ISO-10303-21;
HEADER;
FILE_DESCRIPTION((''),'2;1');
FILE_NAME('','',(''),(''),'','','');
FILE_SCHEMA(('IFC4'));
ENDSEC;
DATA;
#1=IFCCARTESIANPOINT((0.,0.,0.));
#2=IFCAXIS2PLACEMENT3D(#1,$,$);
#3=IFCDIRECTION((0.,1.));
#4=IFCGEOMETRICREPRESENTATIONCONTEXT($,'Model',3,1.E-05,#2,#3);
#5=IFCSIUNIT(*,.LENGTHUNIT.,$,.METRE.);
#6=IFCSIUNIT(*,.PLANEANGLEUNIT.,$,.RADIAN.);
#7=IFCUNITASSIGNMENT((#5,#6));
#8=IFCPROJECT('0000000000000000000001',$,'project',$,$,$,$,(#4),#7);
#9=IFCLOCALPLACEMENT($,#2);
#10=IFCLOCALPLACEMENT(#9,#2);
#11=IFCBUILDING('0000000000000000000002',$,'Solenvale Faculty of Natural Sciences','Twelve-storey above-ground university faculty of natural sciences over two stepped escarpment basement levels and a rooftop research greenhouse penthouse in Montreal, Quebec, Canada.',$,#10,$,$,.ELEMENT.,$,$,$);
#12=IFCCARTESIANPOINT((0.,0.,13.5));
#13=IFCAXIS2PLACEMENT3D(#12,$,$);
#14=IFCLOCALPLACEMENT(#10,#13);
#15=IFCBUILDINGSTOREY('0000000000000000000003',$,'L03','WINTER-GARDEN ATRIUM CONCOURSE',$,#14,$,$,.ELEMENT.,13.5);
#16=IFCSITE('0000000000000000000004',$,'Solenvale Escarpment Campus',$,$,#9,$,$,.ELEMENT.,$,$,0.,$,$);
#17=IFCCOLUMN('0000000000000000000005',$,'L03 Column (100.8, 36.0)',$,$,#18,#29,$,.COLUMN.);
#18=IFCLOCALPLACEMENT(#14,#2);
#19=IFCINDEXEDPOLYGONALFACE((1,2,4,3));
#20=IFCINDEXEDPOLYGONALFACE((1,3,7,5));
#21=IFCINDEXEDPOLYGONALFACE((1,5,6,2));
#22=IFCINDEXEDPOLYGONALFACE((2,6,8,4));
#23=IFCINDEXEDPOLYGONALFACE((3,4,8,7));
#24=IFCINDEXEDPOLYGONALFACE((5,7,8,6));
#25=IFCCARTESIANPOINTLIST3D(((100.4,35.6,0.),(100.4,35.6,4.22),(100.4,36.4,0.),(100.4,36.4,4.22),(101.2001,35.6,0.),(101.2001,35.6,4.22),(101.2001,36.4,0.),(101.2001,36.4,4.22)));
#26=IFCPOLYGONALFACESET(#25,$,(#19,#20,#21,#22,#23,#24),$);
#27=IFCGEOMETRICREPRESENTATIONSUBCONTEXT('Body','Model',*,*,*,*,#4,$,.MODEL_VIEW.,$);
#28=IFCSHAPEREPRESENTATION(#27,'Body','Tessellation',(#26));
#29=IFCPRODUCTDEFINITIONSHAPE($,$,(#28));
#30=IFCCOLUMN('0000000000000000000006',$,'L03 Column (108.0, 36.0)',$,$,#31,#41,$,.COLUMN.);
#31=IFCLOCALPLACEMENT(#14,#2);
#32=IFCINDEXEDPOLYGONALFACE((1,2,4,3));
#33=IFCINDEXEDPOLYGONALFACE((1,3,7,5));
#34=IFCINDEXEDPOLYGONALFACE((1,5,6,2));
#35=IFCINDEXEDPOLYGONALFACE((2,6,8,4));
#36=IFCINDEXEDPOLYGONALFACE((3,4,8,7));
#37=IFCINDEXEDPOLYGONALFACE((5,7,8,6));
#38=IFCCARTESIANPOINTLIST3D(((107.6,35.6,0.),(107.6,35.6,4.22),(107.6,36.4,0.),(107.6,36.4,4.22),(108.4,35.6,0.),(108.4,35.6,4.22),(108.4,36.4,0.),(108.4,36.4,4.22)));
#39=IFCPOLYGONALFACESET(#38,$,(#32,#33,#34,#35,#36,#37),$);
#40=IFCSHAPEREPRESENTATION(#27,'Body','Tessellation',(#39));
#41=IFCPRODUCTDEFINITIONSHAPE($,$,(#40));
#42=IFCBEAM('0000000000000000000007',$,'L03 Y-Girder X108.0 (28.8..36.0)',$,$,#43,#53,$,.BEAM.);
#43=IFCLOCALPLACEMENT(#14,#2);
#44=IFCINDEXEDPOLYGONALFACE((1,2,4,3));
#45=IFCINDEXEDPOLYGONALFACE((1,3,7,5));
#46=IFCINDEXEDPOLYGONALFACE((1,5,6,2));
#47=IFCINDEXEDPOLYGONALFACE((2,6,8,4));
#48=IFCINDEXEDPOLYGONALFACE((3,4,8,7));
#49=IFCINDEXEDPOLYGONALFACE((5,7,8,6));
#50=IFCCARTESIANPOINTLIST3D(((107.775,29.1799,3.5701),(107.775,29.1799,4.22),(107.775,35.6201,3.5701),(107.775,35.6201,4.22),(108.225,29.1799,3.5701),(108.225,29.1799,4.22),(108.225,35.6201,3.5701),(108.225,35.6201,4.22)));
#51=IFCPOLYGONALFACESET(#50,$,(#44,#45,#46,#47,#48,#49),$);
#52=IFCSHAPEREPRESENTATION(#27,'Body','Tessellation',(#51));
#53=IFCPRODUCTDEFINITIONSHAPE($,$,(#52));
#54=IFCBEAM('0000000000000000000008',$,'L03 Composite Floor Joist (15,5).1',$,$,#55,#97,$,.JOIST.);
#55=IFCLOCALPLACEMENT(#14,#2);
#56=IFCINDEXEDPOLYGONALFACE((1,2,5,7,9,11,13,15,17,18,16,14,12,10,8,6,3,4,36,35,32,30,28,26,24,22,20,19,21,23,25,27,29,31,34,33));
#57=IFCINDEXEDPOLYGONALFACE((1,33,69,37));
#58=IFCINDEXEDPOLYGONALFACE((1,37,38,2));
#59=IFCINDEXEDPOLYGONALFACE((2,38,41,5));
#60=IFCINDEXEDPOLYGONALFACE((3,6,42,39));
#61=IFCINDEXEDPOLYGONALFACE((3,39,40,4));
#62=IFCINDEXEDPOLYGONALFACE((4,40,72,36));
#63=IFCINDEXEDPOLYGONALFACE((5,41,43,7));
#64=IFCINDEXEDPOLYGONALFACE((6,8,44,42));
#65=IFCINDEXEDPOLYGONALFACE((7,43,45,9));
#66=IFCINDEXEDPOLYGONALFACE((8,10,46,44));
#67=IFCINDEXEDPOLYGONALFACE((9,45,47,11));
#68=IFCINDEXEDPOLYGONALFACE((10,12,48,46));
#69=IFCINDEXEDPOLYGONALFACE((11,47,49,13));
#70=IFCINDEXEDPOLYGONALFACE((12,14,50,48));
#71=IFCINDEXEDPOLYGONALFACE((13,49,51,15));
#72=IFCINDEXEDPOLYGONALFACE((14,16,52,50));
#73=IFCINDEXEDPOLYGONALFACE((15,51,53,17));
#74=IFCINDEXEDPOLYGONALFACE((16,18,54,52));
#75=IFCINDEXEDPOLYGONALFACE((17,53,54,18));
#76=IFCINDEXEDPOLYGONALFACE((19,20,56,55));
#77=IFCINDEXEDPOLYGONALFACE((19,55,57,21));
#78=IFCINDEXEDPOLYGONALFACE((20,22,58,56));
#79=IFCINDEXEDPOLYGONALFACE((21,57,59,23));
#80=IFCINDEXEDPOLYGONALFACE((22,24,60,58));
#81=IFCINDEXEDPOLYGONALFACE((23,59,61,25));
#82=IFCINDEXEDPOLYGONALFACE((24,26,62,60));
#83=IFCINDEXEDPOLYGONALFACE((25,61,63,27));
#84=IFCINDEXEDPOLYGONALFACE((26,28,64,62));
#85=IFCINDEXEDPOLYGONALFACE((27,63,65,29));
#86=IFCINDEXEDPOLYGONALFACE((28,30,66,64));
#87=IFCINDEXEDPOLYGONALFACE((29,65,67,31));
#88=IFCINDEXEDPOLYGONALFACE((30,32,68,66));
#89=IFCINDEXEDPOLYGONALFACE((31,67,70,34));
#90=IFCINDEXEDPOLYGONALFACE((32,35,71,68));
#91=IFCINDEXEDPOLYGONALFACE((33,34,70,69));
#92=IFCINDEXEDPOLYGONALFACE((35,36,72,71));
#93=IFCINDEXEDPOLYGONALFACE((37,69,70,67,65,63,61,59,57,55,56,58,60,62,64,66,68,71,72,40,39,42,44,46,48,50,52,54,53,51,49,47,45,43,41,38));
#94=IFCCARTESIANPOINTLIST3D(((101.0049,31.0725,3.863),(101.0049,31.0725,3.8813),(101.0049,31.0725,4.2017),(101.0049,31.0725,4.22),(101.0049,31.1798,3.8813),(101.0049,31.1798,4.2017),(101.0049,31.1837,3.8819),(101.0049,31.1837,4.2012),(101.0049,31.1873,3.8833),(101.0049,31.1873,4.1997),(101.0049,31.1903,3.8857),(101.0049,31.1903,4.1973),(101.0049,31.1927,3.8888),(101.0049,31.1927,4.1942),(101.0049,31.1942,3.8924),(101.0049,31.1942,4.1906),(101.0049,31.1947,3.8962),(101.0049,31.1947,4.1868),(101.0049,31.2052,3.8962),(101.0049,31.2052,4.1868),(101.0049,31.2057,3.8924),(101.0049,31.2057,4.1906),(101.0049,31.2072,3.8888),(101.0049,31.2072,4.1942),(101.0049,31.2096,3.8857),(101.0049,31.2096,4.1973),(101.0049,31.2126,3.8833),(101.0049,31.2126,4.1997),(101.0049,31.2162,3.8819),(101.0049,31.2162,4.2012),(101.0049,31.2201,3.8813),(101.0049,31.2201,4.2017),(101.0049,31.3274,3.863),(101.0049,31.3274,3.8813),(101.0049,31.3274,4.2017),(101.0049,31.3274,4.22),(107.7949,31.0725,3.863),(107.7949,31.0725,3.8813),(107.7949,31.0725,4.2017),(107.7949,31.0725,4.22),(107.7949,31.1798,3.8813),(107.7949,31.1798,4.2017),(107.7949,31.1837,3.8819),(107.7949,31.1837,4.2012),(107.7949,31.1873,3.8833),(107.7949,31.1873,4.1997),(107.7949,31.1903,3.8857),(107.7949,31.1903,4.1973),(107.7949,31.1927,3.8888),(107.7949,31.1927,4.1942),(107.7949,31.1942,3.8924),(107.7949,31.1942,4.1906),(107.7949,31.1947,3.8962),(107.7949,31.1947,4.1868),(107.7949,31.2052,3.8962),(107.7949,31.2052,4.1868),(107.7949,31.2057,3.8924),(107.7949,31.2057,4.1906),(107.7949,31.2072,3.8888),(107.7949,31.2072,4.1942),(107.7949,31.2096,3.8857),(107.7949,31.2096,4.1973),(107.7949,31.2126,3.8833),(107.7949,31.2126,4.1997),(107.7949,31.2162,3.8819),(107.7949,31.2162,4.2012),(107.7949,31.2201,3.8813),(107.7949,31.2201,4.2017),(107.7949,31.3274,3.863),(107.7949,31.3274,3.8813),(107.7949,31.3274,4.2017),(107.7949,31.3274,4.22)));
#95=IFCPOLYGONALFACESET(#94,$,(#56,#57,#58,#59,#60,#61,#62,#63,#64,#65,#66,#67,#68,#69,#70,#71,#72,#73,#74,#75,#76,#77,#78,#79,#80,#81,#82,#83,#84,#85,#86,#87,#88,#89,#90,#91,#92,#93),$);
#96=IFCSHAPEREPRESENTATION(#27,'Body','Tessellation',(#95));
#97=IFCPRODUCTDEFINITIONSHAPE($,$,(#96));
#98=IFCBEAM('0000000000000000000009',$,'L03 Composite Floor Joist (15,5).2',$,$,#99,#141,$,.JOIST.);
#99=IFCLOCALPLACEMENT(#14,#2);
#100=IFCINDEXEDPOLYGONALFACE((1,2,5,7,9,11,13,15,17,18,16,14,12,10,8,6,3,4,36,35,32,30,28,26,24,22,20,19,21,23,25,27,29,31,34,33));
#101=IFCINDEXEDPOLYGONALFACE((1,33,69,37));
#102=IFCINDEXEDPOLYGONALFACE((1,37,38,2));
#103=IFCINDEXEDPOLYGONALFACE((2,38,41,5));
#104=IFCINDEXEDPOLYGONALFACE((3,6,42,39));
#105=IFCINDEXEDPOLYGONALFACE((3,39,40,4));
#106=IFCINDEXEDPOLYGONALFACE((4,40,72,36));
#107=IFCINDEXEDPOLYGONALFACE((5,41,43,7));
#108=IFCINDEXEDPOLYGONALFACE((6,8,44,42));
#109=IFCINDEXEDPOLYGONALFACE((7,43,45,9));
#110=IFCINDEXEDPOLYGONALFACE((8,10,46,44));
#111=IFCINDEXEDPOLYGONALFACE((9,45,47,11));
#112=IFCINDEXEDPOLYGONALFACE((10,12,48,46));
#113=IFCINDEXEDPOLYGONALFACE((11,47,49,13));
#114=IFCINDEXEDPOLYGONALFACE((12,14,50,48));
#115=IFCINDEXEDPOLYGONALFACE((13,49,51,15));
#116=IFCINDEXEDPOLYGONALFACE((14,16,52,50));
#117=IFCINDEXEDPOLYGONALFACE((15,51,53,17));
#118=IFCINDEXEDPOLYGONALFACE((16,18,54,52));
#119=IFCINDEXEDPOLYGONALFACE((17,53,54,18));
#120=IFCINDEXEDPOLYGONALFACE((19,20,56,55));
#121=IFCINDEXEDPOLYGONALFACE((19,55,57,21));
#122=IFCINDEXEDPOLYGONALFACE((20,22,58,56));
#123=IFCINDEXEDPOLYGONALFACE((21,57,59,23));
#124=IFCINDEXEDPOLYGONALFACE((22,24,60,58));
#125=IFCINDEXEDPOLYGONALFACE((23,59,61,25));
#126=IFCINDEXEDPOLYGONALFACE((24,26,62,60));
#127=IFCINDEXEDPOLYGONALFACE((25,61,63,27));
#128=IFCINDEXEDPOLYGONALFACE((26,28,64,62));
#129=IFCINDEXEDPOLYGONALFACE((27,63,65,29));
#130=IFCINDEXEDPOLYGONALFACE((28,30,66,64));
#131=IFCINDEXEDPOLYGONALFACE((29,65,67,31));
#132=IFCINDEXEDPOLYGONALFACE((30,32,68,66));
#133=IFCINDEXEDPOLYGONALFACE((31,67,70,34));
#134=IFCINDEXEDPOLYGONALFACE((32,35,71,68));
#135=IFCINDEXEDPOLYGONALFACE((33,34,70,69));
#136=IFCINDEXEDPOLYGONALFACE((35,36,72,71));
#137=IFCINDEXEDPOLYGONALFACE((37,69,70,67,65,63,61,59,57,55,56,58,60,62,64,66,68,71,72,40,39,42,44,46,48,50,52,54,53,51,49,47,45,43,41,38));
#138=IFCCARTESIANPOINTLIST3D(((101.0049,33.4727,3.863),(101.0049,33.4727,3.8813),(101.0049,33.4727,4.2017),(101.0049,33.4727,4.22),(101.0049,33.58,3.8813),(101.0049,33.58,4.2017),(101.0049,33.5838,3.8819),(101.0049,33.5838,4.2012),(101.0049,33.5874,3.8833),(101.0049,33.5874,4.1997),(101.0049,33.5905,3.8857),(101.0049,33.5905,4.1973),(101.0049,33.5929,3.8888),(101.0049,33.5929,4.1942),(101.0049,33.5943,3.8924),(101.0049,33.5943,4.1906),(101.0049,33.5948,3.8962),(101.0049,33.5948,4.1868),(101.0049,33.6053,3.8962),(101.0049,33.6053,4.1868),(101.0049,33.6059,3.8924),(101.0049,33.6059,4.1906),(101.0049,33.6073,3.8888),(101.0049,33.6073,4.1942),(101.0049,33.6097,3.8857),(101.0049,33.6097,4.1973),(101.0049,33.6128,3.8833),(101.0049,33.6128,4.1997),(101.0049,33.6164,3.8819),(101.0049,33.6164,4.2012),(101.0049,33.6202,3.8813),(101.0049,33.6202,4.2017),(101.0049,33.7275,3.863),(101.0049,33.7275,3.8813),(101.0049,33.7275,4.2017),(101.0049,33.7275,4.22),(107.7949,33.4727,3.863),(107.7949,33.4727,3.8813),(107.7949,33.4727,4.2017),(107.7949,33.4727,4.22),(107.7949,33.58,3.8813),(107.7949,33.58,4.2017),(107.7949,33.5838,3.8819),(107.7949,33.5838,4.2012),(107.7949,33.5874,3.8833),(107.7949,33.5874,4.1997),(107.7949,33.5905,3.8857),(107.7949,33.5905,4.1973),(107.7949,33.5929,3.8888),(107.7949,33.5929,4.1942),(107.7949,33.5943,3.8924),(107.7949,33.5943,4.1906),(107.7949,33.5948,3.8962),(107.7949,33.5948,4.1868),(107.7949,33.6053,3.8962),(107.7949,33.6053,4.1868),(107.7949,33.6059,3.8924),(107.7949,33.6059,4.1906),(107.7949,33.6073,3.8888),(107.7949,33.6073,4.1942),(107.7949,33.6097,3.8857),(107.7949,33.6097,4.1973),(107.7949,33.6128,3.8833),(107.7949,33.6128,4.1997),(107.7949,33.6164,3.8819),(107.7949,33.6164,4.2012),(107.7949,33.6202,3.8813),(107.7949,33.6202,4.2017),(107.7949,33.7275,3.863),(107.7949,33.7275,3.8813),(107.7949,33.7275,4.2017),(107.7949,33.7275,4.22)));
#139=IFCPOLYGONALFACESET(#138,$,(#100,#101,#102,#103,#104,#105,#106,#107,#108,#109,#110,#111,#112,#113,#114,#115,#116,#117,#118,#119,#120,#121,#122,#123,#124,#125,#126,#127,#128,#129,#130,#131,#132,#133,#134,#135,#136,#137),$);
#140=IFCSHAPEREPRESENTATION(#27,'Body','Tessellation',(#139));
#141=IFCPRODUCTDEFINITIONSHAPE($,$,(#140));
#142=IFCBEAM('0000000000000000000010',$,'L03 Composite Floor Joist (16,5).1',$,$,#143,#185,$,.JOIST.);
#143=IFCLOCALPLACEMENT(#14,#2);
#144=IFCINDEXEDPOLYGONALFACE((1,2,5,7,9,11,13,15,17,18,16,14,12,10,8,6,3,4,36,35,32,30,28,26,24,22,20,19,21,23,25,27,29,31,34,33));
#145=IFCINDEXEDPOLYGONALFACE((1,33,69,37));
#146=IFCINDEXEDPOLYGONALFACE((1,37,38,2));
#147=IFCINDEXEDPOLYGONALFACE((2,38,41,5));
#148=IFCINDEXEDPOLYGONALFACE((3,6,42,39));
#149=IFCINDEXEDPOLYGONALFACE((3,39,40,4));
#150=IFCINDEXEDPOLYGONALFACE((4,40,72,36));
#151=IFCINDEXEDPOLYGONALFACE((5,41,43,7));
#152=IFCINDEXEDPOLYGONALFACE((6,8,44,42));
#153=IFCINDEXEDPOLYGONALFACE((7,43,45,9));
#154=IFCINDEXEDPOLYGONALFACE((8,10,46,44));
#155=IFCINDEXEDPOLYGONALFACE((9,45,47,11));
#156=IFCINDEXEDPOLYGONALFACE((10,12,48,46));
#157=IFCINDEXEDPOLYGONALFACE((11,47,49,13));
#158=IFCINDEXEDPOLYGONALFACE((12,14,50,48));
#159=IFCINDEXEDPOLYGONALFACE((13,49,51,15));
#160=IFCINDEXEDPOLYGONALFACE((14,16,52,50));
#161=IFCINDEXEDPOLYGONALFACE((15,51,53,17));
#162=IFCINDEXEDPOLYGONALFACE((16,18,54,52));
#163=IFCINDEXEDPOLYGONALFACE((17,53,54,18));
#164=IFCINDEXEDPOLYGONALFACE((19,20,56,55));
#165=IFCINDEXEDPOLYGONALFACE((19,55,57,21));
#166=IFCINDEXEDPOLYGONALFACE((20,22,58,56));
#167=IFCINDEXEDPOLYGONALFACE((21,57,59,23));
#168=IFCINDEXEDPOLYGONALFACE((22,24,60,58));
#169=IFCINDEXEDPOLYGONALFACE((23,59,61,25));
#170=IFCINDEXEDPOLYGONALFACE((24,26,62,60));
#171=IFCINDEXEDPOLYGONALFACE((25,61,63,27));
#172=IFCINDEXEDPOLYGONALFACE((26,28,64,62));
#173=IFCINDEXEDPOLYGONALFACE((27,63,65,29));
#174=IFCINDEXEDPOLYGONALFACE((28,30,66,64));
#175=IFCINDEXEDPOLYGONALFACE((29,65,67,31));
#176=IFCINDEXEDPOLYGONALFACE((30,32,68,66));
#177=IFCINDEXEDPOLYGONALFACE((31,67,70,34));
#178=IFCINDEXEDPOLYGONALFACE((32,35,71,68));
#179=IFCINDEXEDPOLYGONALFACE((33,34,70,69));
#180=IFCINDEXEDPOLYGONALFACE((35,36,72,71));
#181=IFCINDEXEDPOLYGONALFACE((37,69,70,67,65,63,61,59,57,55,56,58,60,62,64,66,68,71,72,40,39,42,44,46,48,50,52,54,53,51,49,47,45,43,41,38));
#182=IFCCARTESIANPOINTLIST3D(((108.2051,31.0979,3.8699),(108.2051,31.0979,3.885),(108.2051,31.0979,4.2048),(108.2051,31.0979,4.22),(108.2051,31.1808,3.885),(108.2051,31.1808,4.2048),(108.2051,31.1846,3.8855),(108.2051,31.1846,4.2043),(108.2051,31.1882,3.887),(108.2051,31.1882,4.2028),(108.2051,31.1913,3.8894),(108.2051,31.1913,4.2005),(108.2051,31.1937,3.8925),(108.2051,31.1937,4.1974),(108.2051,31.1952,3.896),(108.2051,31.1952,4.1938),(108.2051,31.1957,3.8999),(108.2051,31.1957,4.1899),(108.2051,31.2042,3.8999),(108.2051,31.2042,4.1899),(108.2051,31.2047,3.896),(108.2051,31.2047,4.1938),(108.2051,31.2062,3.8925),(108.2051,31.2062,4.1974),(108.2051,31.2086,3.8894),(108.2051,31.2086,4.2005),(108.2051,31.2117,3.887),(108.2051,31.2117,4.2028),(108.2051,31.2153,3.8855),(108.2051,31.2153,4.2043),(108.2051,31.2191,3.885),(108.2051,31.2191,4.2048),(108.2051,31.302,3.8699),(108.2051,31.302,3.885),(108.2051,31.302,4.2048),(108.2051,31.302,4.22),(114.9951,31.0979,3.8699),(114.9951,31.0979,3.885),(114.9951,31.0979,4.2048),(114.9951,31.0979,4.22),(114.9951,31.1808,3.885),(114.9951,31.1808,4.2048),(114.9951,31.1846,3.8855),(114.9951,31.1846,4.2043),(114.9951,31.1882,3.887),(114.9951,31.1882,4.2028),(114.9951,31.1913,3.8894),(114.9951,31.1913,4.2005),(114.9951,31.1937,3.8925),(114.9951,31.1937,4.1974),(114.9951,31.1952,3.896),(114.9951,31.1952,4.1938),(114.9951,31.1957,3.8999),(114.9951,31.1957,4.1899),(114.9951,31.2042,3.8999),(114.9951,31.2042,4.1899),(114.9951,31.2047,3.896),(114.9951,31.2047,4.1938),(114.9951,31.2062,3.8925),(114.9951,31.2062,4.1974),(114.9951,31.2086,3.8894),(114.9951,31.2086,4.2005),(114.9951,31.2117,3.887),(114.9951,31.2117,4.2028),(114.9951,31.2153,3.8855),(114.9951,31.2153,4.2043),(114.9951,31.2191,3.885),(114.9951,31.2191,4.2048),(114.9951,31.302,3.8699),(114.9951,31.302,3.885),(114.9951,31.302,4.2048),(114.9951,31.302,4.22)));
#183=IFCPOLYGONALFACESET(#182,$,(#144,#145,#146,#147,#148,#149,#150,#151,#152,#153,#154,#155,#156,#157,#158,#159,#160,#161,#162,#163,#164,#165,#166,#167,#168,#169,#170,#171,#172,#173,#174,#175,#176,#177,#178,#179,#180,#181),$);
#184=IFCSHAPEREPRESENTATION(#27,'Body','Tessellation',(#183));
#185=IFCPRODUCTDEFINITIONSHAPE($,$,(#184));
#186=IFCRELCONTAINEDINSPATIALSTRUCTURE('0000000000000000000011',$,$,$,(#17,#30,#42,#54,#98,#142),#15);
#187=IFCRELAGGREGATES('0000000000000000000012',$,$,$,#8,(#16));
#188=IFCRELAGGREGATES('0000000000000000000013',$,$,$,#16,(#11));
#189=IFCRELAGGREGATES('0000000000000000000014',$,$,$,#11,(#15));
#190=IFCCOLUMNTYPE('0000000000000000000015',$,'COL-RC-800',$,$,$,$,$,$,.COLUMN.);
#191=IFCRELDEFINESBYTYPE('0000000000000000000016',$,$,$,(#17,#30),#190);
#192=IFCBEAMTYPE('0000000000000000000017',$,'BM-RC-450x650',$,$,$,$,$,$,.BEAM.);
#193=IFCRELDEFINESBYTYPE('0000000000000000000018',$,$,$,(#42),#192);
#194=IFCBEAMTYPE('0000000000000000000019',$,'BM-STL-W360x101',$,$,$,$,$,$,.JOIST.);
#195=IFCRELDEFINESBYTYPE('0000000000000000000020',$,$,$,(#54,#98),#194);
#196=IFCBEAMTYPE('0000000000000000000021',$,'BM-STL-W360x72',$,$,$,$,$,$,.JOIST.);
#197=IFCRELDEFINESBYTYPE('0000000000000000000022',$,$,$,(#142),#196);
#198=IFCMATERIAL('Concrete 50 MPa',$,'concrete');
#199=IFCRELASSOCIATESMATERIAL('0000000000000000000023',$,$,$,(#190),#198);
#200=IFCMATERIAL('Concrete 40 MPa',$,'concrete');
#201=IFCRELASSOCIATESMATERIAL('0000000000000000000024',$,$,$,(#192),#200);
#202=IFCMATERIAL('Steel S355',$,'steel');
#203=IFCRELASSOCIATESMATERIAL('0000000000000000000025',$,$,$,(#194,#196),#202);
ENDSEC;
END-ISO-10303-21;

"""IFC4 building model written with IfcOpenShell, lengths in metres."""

from ifc_helpers import new_model, si_unit, direction, frame, origin, origin_2d, place, context, subcontext, project, spatial, rectangle, i_section, extrude, material, material_profile, profile_set, type_object, element, save


model = new_model("IFC4")

# Units and contexts
model_context = context("Model", 3, precision=1e-05, world=origin(), true_north=direction((0.0, 1.0)))
body_context = subcontext(model_context, "Body", "Model", "MODEL_VIEW")
ifc_project = project(units=[si_unit("LENGTHUNIT", "METRE"), si_unit("PLANEANGLEUNIT", "RADIAN")], contexts=[model_context])

# Site, building, storey
site_placement = place(None, origin())
site = spatial("IfcSite", under=ifc_project, at=site_placement, Name="Solenvale Escarpment Campus", CompositionType="ELEMENT", RefElevation=0.0)
building_placement = place(site_placement, origin())
building = spatial("IfcBuilding", under=site, at=building_placement, Name="Solenvale Faculty of Natural Sciences", Description="Twelve-storey above-ground university faculty of natural sciences over two stepped escarpment basement levels and a rooftop research greenhouse penthouse in Montreal, Quebec, Canada.", CompositionType="ELEMENT")
storey_placement = place(building_placement, frame((0.0, 0.0, 13.5)))
storey = spatial("IfcBuildingStorey", under=building, at=storey_placement, Name="L03", Description="WINTER-GARDEN ATRIUM CONCOURSE", CompositionType="ELEMENT", Elevation=13.5)

# Columns
ifc_material_1 = material(Name="Concrete 50 MPa", Category="concrete")
ifc_material_profile_1 = material_profile(ifc_material_1, rectangle(XDim=0.8, YDim=0.8, at=origin_2d()), Name="RC-COL-800x800")
ifc_profile_set_1 = profile_set([ifc_material_profile_1], Name="Concrete 50 MPa")
column_type = type_object("IfcColumnType", Name="COL-RC-800", PredefinedType="COLUMN", material=ifc_profile_set_1)
for number, where, z_axis, x_axis, name in (
    (1, (100.8, 36.0, 0.0), (0.0, 0.0, 1.0), (1.0, 0.0, 0.0), "L03 Column (100.8, 36.0)"),
    (2, (108.0, 36.0, 0.0), (0.0, 0.0, 1.0), (1.0, 0.0, 0.0), "L03 Column (108.0, 36.0)"),
):
    element("IfcColumn", number, at=place(storey_placement, frame(where, z_axis=z_axis, x_axis=x_axis)), inside=storey, type_object=column_type, Name=name, PredefinedType="COLUMN", context=body_context, shape_type="SweptSolid", body=[
        extrude(rectangle(XDim=0.8, YDim=0.8, at=origin_2d()), origin(), (0.0, 0.0, 1.0), 4.22),
    ])

# Beams
ifc_material_2 = material(Name="Concrete 40 MPa", Category="concrete")
ifc_material_profile_2 = material_profile(ifc_material_2, rectangle(XDim=0.45, YDim=0.6499, at=origin_2d()), Name="RC-BM-450x650")
ifc_profile_set_2 = profile_set([ifc_material_profile_2], Name="Concrete 40 MPa")
beam_type_1 = type_object("IfcBeamType", Name="BM-RC-450x650", PredefinedType="BEAM", material=ifc_profile_set_2)
beam_placement = place(storey_placement, frame((108.0, 29.1799, 3.895), z_axis=(0.0, 1.0, 0.0), x_axis=(-1.0, 0.0, 0.0)))
element("IfcBeam", 3, at=beam_placement, inside=storey, type_object=beam_type_1, Name="L03 Y-Girder X108.0 (28.8..36.0)", PredefinedType="BEAM", context=body_context, shape_type="SweptSolid", body=[
    extrude(rectangle(XDim=0.45, YDim=0.6499, at=origin_2d()), origin(), (0.0, 0.0, 1.0), 6.4402),
])
ifc_material_3 = material(Name="Steel S355", Category="steel")
ifc_material_profile_3 = material_profile(ifc_material_3, i_section(OverallWidth=0.2549, OverallDepth=0.3569, WebThickness=0.0105, FlangeThickness=0.0183, FilletRadius=0.0149, at=origin_2d()), Name="W360x101")
ifc_profile_set_3 = profile_set([ifc_material_profile_3], Name="Steel S355")
beam_type_2 = type_object("IfcBeamType", Name="BM-STL-W360x101", PredefinedType="JOIST", material=ifc_profile_set_3)
for number, where, z_axis, x_axis, name in (
    (4, (101.0049, 31.2, 4.0415), (1.0, 0.0, 0.0), (0.0, 1.0, 0.0), "L03 Composite Floor Joist (15,5).1"),
    (5, (101.0049, 33.6001, 4.0415), (1.0, 0.0, 0.0), (0.0, 1.0, 0.0), "L03 Composite Floor Joist (15,5).2"),
):
    element("IfcBeam", number, at=place(storey_placement, frame(where, z_axis=z_axis, x_axis=x_axis)), inside=storey, type_object=beam_type_2, Name=name, PredefinedType="JOIST", context=body_context, shape_type="SweptSolid", body=[
        extrude(i_section(OverallWidth=0.2549, OverallDepth=0.3569, WebThickness=0.0105, FlangeThickness=0.0183, FilletRadius=0.0149, at=origin_2d()), origin(), (0.0, 0.0, 1.0), 6.79),
    ])
ifc_material_profile_4 = material_profile(ifc_material_3, i_section(OverallWidth=0.2041, OverallDepth=0.3501, WebThickness=0.0085, FlangeThickness=0.0151, FilletRadius=0.0149, at=origin_2d()), Name="W360x72")
ifc_profile_set_4 = profile_set([ifc_material_profile_4], Name="Steel S355")
beam_type_3 = type_object("IfcBeamType", Name="BM-STL-W360x72", PredefinedType="JOIST", material=ifc_profile_set_4)
for number, where, z_axis, x_axis, name in (
    (6, (108.2051, 31.2, 4.0449), (1.0, 0.0, 0.0), (0.0, 1.0, 0.0), "L03 Composite Floor Joist (16,5).1"),
):
    element("IfcBeam", number, at=place(storey_placement, frame(where, z_axis=z_axis, x_axis=x_axis)), inside=storey, type_object=beam_type_3, Name=name, PredefinedType="JOIST", context=body_context, shape_type="SweptSolid", body=[
        extrude(i_section(OverallWidth=0.2041, OverallDepth=0.3501, WebThickness=0.0085, FlangeThickness=0.0151, FilletRadius=0.0149, at=origin_2d()), origin(), (0.0, 0.0, 1.0), 6.79),
    ])

save(model, "model.ifc")
